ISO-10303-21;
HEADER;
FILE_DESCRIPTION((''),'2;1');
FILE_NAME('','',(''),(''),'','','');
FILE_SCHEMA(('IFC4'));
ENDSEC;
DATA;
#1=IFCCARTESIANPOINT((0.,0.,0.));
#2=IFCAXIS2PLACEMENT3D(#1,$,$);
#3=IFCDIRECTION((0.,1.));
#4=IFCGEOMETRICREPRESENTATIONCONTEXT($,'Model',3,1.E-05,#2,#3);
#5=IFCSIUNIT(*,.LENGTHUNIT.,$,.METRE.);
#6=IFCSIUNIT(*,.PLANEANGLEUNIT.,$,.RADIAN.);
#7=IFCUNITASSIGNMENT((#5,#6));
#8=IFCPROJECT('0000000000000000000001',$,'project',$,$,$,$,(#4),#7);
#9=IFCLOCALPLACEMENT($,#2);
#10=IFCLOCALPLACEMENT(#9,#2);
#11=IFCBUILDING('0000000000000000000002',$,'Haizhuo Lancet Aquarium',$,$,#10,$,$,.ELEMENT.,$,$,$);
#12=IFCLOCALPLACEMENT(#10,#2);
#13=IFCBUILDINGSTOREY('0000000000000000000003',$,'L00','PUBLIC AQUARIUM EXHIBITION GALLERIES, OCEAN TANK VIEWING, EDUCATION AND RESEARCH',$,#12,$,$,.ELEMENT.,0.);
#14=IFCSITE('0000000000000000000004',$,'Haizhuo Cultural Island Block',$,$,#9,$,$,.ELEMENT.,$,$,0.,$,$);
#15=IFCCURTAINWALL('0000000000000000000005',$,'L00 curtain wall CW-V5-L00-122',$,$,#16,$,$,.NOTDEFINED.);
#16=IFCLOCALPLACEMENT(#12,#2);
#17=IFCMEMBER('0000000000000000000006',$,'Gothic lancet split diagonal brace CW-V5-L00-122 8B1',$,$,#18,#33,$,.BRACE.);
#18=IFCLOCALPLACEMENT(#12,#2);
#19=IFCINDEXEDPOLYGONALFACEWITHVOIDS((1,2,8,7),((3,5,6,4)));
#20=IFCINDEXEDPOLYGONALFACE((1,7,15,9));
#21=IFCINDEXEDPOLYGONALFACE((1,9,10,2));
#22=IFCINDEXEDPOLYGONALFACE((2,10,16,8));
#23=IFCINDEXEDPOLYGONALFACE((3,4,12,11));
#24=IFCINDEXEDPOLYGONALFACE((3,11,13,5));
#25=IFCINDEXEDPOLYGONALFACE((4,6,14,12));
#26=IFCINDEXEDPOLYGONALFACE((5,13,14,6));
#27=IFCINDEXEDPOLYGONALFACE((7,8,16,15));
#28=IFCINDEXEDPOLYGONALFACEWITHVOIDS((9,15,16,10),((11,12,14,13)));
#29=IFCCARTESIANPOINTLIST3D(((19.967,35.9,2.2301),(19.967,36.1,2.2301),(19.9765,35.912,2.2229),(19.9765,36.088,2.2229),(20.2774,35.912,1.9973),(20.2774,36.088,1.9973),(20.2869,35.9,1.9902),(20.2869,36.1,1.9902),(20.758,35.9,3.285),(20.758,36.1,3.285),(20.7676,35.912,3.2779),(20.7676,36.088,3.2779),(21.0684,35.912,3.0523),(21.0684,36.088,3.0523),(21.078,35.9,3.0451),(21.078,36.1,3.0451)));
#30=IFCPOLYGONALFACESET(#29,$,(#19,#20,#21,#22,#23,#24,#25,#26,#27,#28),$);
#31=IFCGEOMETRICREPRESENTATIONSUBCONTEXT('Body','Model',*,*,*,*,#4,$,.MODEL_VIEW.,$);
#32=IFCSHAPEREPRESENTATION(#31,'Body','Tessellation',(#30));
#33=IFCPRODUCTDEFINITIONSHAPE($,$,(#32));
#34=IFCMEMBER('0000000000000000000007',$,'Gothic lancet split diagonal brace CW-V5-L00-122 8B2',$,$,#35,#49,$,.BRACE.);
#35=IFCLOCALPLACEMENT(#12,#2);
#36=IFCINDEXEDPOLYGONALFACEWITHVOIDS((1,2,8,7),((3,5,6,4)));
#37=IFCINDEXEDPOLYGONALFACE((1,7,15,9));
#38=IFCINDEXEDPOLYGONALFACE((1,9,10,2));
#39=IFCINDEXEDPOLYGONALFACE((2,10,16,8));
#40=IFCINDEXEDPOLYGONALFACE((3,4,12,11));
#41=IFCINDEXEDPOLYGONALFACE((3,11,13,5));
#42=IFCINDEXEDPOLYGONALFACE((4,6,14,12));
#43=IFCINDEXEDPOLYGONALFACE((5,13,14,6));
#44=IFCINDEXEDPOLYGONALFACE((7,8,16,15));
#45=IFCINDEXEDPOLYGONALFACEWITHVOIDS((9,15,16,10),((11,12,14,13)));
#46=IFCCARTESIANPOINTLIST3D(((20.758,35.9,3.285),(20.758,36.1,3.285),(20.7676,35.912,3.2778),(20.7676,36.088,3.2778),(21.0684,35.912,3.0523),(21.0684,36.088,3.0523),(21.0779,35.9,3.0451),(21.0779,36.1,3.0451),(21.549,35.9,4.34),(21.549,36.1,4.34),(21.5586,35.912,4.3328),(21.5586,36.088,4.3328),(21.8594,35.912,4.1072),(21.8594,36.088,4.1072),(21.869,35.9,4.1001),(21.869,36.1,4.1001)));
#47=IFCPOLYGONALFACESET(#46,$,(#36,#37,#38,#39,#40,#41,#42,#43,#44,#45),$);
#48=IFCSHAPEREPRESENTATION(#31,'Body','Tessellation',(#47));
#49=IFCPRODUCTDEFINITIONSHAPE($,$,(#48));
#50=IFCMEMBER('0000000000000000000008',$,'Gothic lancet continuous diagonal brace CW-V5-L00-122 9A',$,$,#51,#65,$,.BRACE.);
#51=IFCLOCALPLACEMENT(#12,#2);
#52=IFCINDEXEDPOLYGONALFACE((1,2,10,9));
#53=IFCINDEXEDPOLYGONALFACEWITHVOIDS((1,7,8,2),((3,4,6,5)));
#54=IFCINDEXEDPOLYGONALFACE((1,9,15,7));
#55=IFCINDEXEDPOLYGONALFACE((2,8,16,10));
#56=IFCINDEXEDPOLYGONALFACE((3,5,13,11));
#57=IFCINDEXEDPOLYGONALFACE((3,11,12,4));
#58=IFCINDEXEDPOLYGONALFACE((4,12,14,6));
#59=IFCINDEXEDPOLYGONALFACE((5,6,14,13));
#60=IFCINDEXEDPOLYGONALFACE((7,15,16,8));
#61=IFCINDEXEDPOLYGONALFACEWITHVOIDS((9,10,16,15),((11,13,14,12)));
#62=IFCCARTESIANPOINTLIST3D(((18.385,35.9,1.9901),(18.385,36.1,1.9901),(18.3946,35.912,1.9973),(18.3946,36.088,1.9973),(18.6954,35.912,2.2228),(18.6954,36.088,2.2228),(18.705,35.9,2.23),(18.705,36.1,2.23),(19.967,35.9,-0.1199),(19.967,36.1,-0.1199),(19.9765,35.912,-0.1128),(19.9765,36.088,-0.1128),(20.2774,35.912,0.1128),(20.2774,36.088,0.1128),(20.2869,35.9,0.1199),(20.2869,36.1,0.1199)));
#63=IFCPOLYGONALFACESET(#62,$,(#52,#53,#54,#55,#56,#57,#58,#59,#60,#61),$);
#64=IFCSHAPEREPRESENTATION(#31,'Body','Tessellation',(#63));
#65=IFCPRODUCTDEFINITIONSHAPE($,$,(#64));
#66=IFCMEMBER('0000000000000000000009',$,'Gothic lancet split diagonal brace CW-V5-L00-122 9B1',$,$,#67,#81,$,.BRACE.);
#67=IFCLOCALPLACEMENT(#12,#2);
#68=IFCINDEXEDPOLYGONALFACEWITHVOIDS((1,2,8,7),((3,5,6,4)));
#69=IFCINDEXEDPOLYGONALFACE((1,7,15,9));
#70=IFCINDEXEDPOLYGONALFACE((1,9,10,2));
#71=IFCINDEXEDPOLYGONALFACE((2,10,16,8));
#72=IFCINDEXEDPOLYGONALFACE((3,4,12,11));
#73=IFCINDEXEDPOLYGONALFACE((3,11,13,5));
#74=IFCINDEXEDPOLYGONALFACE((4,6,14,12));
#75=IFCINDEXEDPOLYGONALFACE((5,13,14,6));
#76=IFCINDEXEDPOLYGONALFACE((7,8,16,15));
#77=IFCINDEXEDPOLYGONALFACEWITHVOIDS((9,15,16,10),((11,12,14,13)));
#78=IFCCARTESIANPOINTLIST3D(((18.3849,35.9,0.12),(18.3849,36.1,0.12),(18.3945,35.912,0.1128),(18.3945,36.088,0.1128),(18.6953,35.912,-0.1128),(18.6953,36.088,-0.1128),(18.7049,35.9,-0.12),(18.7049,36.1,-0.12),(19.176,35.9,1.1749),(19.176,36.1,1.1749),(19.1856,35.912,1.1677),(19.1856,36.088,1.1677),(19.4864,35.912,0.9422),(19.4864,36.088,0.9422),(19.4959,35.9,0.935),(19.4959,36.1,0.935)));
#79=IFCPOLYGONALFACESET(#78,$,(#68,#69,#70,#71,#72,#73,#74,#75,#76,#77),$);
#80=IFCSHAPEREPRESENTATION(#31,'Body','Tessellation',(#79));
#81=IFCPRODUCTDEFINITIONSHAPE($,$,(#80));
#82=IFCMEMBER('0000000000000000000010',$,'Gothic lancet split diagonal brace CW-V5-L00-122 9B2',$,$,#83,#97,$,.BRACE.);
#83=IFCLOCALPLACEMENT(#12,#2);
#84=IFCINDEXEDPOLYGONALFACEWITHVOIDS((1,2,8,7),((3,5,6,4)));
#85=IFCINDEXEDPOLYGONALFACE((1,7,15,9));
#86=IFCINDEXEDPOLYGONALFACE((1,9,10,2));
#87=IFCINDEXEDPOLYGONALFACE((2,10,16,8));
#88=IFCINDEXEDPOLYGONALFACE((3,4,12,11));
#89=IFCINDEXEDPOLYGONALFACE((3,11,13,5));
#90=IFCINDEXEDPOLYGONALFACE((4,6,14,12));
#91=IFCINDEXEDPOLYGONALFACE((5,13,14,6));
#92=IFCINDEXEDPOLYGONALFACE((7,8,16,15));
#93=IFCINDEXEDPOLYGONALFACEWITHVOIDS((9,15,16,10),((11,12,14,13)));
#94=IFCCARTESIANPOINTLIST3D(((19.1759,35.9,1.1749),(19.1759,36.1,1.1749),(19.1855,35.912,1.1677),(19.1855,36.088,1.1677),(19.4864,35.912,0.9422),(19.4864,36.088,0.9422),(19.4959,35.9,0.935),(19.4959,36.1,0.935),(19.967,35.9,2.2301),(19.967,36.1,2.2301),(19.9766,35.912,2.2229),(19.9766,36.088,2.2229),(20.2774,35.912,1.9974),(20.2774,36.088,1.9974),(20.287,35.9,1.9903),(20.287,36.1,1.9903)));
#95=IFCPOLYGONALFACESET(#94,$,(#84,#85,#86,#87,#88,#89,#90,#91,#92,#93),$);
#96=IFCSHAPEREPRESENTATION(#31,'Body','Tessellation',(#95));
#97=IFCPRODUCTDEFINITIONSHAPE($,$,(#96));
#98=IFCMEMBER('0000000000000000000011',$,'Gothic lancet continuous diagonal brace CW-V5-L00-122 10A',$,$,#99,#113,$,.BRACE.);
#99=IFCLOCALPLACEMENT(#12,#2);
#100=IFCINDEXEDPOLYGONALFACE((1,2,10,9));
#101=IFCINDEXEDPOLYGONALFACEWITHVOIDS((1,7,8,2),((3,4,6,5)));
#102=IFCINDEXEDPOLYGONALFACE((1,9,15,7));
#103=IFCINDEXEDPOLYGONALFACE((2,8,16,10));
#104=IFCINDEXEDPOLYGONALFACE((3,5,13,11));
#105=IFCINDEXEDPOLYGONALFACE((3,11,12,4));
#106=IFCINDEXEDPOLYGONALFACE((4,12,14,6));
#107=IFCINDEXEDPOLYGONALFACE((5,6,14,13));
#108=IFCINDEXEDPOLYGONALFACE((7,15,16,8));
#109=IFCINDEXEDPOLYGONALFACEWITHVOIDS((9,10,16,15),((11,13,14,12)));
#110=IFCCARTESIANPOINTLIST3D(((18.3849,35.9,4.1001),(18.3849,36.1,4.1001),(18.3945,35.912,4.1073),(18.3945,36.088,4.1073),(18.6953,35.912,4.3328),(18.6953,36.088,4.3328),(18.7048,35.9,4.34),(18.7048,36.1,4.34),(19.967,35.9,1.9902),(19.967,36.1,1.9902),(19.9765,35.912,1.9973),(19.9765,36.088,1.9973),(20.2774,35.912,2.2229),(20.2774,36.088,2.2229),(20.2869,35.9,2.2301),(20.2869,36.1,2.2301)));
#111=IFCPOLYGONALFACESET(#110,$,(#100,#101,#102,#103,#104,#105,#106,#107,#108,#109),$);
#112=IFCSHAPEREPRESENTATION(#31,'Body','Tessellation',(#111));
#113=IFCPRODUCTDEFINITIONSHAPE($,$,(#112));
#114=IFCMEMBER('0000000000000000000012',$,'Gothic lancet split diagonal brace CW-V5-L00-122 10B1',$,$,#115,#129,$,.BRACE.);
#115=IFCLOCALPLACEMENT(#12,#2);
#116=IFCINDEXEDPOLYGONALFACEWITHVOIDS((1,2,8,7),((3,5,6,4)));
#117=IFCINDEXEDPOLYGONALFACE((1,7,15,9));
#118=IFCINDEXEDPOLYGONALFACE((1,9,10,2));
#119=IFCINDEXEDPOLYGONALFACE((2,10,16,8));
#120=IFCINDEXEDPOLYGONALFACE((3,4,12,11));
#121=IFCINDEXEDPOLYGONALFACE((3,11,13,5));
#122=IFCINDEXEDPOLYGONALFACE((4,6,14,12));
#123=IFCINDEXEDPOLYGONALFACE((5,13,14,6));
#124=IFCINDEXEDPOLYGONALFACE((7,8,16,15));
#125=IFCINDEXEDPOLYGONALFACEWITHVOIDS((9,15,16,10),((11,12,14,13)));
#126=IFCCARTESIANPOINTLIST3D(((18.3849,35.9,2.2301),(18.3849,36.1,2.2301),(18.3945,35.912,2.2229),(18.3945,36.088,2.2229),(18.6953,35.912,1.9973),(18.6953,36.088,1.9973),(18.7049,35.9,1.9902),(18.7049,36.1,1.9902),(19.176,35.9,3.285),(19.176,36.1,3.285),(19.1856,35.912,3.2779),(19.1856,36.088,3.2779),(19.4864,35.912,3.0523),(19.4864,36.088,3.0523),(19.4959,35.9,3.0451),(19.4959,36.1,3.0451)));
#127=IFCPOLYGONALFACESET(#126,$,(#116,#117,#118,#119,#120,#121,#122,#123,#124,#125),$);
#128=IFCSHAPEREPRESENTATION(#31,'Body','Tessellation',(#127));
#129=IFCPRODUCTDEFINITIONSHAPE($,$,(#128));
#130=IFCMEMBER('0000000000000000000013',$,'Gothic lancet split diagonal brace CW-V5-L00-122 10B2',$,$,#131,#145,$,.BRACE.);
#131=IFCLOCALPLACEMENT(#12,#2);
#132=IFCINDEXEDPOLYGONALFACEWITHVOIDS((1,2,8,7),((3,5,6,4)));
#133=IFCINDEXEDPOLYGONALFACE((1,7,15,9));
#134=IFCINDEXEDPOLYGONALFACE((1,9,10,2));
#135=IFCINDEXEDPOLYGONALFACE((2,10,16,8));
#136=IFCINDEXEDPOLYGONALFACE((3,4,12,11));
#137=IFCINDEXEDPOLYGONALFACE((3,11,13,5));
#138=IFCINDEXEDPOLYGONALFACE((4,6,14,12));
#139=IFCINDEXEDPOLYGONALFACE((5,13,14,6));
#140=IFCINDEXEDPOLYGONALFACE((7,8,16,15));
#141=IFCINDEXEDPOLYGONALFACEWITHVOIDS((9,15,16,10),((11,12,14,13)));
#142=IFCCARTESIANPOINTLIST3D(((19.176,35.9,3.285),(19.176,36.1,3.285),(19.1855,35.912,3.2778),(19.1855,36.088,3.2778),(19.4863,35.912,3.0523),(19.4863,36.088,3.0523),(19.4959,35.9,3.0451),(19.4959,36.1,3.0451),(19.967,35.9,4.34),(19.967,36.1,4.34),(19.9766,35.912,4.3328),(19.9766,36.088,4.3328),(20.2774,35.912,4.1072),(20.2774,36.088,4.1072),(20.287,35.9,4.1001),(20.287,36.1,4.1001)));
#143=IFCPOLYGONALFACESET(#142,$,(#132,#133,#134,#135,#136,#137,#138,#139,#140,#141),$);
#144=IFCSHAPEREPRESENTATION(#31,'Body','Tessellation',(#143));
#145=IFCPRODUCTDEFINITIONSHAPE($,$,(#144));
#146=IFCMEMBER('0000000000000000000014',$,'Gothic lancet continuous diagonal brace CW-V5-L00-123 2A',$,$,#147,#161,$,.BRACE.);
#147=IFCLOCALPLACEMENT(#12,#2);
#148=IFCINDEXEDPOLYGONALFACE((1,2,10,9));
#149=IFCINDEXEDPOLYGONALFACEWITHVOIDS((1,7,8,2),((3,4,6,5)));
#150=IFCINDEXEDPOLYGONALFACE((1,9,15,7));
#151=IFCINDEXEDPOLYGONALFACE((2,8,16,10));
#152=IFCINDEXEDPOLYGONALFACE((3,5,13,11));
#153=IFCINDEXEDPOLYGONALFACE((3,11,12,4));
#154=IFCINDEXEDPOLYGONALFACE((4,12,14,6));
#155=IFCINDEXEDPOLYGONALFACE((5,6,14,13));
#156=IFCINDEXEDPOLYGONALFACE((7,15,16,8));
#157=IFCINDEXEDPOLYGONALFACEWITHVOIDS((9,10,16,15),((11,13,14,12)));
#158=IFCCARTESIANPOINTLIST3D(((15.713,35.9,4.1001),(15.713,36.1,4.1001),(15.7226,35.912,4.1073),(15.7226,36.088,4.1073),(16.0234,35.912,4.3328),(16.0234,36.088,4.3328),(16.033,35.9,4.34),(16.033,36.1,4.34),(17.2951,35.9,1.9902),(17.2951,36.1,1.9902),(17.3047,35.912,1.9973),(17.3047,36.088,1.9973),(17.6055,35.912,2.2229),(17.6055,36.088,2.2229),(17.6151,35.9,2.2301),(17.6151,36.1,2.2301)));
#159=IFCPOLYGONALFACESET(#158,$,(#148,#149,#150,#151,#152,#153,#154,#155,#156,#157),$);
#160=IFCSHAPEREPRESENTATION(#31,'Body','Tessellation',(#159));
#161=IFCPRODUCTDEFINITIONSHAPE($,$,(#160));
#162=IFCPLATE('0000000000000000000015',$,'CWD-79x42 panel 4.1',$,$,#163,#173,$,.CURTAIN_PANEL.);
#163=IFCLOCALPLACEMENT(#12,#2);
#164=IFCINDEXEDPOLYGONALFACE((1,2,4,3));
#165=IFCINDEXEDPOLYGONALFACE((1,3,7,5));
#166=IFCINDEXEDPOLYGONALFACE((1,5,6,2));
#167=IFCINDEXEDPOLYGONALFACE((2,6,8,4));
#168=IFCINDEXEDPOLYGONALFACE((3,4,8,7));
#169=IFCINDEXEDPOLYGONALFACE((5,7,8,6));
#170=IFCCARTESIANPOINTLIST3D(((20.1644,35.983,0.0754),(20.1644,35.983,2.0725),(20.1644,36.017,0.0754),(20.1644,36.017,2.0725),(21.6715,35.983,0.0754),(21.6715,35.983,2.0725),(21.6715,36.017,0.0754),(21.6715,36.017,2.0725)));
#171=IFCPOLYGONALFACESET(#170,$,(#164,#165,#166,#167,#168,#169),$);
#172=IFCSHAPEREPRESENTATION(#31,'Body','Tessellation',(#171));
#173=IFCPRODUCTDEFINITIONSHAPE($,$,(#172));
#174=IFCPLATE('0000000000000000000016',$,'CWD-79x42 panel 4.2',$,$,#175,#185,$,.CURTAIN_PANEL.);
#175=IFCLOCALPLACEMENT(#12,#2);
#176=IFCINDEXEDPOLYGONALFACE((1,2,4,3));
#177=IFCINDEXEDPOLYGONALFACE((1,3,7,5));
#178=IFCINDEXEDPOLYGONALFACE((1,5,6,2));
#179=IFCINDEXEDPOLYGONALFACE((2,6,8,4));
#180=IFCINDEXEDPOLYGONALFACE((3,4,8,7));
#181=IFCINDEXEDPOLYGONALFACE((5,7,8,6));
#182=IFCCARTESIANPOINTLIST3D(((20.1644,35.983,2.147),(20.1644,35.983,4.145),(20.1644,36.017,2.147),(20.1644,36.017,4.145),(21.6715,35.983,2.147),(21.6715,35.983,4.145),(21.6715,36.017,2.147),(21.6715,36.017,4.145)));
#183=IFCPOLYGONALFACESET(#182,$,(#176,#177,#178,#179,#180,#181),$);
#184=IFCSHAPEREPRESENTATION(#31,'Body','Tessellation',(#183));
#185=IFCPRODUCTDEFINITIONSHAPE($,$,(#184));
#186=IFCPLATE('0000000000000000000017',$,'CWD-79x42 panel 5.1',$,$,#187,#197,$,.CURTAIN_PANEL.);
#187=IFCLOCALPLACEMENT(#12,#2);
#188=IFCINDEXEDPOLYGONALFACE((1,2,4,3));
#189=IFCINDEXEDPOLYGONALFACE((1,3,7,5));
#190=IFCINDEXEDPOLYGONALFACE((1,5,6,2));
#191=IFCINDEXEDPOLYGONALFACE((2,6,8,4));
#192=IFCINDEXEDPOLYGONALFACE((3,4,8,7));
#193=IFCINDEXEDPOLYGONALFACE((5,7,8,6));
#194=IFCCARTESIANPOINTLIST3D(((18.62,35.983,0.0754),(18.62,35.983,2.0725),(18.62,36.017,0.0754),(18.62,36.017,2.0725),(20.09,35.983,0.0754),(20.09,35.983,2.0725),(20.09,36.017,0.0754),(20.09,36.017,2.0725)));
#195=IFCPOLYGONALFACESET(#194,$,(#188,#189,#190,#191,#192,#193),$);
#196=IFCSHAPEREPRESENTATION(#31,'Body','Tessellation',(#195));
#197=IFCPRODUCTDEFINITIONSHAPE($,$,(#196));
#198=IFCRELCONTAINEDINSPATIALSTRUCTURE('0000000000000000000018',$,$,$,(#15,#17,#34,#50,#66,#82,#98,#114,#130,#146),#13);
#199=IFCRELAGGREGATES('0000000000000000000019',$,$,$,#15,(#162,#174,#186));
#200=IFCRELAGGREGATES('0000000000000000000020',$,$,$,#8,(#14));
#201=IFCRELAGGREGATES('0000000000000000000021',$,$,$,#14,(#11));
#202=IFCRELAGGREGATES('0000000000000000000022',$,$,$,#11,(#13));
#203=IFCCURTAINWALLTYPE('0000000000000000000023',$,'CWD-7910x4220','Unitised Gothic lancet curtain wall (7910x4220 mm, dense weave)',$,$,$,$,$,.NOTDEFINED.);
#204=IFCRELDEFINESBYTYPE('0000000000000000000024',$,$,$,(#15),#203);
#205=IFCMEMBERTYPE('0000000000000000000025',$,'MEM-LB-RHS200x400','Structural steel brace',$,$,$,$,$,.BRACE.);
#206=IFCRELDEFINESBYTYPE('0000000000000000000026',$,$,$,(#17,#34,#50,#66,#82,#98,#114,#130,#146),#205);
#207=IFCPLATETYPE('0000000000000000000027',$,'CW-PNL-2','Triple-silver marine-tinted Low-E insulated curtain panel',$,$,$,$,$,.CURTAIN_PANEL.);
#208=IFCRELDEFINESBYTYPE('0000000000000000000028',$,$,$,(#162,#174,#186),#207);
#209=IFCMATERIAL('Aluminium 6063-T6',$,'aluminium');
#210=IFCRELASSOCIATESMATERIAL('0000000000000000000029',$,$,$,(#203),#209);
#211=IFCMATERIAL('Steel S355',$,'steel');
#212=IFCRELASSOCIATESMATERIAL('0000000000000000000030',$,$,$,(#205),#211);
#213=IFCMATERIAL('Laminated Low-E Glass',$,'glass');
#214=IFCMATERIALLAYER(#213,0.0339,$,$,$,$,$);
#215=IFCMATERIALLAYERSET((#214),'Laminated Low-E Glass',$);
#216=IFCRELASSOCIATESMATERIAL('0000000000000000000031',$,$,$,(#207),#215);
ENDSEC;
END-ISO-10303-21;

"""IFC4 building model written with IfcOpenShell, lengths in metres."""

from ifc_helpers import new_model, si_unit, direction, frame, origin, origin_2d, place, context, subcontext, project, spatial, rectangle, hollow_rectangle, extrude, material, layer, layer_set, material_profile, profile_set, type_object, element, aggregate, save


model = new_model("IFC4")

# Units and contexts
model_context = context("Model", 3, precision=1e-05, world=origin(), true_north=direction((0.0, 1.0)))
body_context = subcontext(model_context, "Body", "Model", "MODEL_VIEW")
ifc_project = project(units=[si_unit("LENGTHUNIT", "METRE"), si_unit("PLANEANGLEUNIT", "RADIAN")], contexts=[model_context])

# Site, building, storey
site_placement = place(None, origin())
site = spatial("IfcSite", under=ifc_project, at=site_placement, Name="Haizhuo Cultural Island Block", CompositionType="ELEMENT", RefElevation=0.0)
building_placement = place(site_placement, origin())
building = spatial("IfcBuilding", under=site, at=building_placement, Name="Haizhuo Lancet Aquarium", CompositionType="ELEMENT")
storey_placement = place(building_placement, origin())
storey = spatial("IfcBuildingStorey", under=building, at=storey_placement, Name="L00", Description="PUBLIC AQUARIUM EXHIBITION GALLERIES, OCEAN TANK VIEWING, EDUCATION AND RESEARCH", CompositionType="ELEMENT", Elevation=0.0)

# Curtain wall
ifc_material_1 = material(Name="Aluminium 6063-T6", Category="aluminium")
curtain_wall_type = type_object("IfcCurtainWallType", Name="CWD-7910x4220", Description="Unitised Gothic lancet curtain wall (7910x4220 mm, dense weave)", PredefinedType="NOTDEFINED", material=ifc_material_1)
curtain_wall_placement = place(storey_placement, origin())
curtain_wall = element("IfcCurtainWall", 1, at=curtain_wall_placement, inside=storey, type_object=curtain_wall_type, Name="L00 curtain wall CW-V5-L00-122", PredefinedType="NOTDEFINED")

# Shared definitions
ifc_material_2 = material(Name="Steel S355", Category="steel")

# Members
ifc_material_profile_1 = material_profile(ifc_material_2, hollow_rectangle(XDim=0.2, YDim=0.3999, WallThickness=0.012, at=origin_2d()), Name="RHS 200x400x12")
ifc_profile_set_1 = profile_set([ifc_material_profile_1], Name="Steel S355")
member_type_1 = type_object("IfcMemberType", Name="MEM-LB-RHS200x400", Description="Structural steel brace", PredefinedType="BRACE", material=ifc_profile_set_1)
for number, where, z_axis, x_axis, name in (
    (2, (20.127, 36.0, 2.1101), (0.599911, 0.0, 0.800067), (0.0, 1.0, 0.0), "Gothic lancet split diagonal brace CW-V5-L00-122 8B1"),
    (3, (20.918, 36.0, 3.165), (0.599911, 0.0, 0.800067), (0.0, 1.0, 0.0), "Gothic lancet split diagonal brace CW-V5-L00-122 8B2"),
):
    element("IfcMember", number, at=place(storey_placement, frame(where, z_axis=z_axis, x_axis=x_axis)), inside=storey, type_object=member_type_1, Name=name, PredefinedType="BRACE", context=body_context, shape_type="SweptSolid", body=[
        extrude(hollow_rectangle(XDim=0.2, YDim=0.3999, WallThickness=0.012, at=origin_2d()), origin(), (0.0, 0.0, 1.0), 1.3186),
    ])
member_1_placement = place(storey_placement, frame((20.127, 36.0, 0.0), z_axis=(-0.599867, 0.0, 0.8001), x_axis=(0.0, -1.0, 0.0)))
element("IfcMember", 4, at=member_1_placement, inside=storey, type_object=member_type_1, Name="Gothic lancet continuous diagonal brace CW-V5-L00-122 9A", PredefinedType="BRACE", context=body_context, shape_type="SweptSolid", body=[
    extrude(hollow_rectangle(XDim=0.2, YDim=0.3999, WallThickness=0.012, at=origin_2d()), origin(), (0.0, 0.0, 1.0), 2.6372),
])
member_2_placement = place(storey_placement, frame((18.5449, 36.0, 0.0), z_axis=(0.599911, 0.0, 0.800067), x_axis=(0.0, 1.0, 0.0)))
element("IfcMember", 5, at=member_2_placement, inside=storey, type_object=member_type_1, Name="Gothic lancet split diagonal brace CW-V5-L00-122 9B1", PredefinedType="BRACE", context=body_context, shape_type="SweptSolid", body=[
    extrude(hollow_rectangle(XDim=0.2, YDim=0.3999, WallThickness=0.012, at=origin_2d()), origin(), (0.0, 0.0, 1.0), 1.3186),
])
member_3_placement = place(storey_placement, frame((19.3359, 36.0, 1.0549), z_axis=(0.599822, 0.0, 0.800133), x_axis=(0.0, 1.0, 0.0)))
element("IfcMember", 6, at=member_3_placement, inside=storey, type_object=member_type_1, Name="Gothic lancet split diagonal brace CW-V5-L00-122 9B2", PredefinedType="BRACE", context=body_context, shape_type="SweptSolid", body=[
    extrude(hollow_rectangle(XDim=0.2, YDim=0.3999, WallThickness=0.012, at=origin_2d()), origin(), (0.0, 0.0, 1.0), 1.3188),
])
member_4_placement = place(storey_placement, frame((20.127, 36.0, 2.1101), z_axis=(-0.599911, 0.0, 0.800067), x_axis=(0.0, -1.0, 0.0)))
element("IfcMember", 7, at=member_4_placement, inside=storey, type_object=member_type_1, Name="Gothic lancet continuous diagonal brace CW-V5-L00-122 10A", PredefinedType="BRACE", context=body_context, shape_type="SweptSolid", body=[
    extrude(hollow_rectangle(XDim=0.2, YDim=0.3999, WallThickness=0.012, at=origin_2d()), origin(), (0.0, 0.0, 1.0), 2.6372),
])
for number, where, z_axis, x_axis, name in (
    (8, (18.5449, 36.0, 2.1101), (0.599911, 0.0, 0.800067), (0.0, 1.0, 0.0), "Gothic lancet split diagonal brace CW-V5-L00-122 10B1"),
    (9, (19.3359, 36.0, 3.165), (0.599911, 0.0, 0.800067), (0.0, 1.0, 0.0), "Gothic lancet split diagonal brace CW-V5-L00-122 10B2"),
):
    element("IfcMember", number, at=place(storey_placement, frame(where, z_axis=z_axis, x_axis=x_axis)), inside=storey, type_object=member_type_1, Name=name, PredefinedType="BRACE", context=body_context, shape_type="SweptSolid", body=[
        extrude(hollow_rectangle(XDim=0.2, YDim=0.3999, WallThickness=0.012, at=origin_2d()), origin(), (0.0, 0.0, 1.0), 1.3186),
    ])
member_5_placement = place(storey_placement, frame((17.4551, 36.0, 2.1101), z_axis=(-0.599911, 0.0, 0.800067), x_axis=(0.0, -1.0, 0.0)))
element("IfcMember", 10, at=member_5_placement, inside=storey, type_object=member_type_1, Name="Gothic lancet continuous diagonal brace CW-V5-L00-123 2A", PredefinedType="BRACE", context=body_context, shape_type="SweptSolid", body=[
    extrude(hollow_rectangle(XDim=0.2, YDim=0.3999, WallThickness=0.012, at=origin_2d()), origin(), (0.0, 0.0, 1.0), 2.6372),
])

# Plates
ifc_material_3 = material(Name="Laminated Low-E Glass", Category="glass")
ifc_layer = layer(ifc_material_3, 0.0339)
ifc_layer_set = layer_set([ifc_layer], Name="Laminated Low-E Glass")
plate_type = type_object("IfcPlateType", Name="CW-PNL-2", Description="Triple-silver marine-tinted Low-E insulated curtain panel", PredefinedType="CURTAIN_PANEL", material=ifc_layer_set)
plate_1_placement = place(storey_placement, frame((20.918, 36.0, 0.0754), z_axis=(0.0, 0.0, 1.0), x_axis=(-1.0, 0.0, 0.0)))
plate_1 = element("IfcPlate", 11, at=plate_1_placement, type_object=plate_type, Name="CWD-79x42 panel 4.1", PredefinedType="CURTAIN_PANEL", context=body_context, shape_type="SweptSolid", body=[
    extrude(rectangle(XDim=1.5071, YDim=0.0339, at=origin_2d()), origin(), (0.0, 0.0, 1.0), 1.9971),
])
plate_2_placement = place(storey_placement, frame((20.918, 36.0, 2.147), z_axis=(0.0, 0.0, 1.0), x_axis=(-1.0, 0.0, 0.0)))
plate_2 = element("IfcPlate", 12, at=plate_2_placement, type_object=plate_type, Name="CWD-79x42 panel 4.2", PredefinedType="CURTAIN_PANEL", context=body_context, shape_type="SweptSolid", body=[
    extrude(rectangle(XDim=1.5071, YDim=0.0339, at=origin_2d()), origin(), (0.0, 0.0, 1.0), 1.998),
])
plate_3_placement = place(storey_placement, frame((19.355, 36.0, 0.0754), z_axis=(0.0, 0.0, 1.0), x_axis=(-1.0, 0.0, 0.0)))
plate_3 = element("IfcPlate", 13, at=plate_3_placement, type_object=plate_type, Name="CWD-79x42 panel 5.1", PredefinedType="CURTAIN_PANEL", context=body_context, shape_type="SweptSolid", body=[
    extrude(rectangle(XDim=1.47, YDim=0.0339, at=origin_2d()), origin(), (0.0, 0.0, 1.0), 1.9971),
])
aggregate(curtain_wall, [plate_1, plate_2, plate_3])

save(model, "model.ifc")
